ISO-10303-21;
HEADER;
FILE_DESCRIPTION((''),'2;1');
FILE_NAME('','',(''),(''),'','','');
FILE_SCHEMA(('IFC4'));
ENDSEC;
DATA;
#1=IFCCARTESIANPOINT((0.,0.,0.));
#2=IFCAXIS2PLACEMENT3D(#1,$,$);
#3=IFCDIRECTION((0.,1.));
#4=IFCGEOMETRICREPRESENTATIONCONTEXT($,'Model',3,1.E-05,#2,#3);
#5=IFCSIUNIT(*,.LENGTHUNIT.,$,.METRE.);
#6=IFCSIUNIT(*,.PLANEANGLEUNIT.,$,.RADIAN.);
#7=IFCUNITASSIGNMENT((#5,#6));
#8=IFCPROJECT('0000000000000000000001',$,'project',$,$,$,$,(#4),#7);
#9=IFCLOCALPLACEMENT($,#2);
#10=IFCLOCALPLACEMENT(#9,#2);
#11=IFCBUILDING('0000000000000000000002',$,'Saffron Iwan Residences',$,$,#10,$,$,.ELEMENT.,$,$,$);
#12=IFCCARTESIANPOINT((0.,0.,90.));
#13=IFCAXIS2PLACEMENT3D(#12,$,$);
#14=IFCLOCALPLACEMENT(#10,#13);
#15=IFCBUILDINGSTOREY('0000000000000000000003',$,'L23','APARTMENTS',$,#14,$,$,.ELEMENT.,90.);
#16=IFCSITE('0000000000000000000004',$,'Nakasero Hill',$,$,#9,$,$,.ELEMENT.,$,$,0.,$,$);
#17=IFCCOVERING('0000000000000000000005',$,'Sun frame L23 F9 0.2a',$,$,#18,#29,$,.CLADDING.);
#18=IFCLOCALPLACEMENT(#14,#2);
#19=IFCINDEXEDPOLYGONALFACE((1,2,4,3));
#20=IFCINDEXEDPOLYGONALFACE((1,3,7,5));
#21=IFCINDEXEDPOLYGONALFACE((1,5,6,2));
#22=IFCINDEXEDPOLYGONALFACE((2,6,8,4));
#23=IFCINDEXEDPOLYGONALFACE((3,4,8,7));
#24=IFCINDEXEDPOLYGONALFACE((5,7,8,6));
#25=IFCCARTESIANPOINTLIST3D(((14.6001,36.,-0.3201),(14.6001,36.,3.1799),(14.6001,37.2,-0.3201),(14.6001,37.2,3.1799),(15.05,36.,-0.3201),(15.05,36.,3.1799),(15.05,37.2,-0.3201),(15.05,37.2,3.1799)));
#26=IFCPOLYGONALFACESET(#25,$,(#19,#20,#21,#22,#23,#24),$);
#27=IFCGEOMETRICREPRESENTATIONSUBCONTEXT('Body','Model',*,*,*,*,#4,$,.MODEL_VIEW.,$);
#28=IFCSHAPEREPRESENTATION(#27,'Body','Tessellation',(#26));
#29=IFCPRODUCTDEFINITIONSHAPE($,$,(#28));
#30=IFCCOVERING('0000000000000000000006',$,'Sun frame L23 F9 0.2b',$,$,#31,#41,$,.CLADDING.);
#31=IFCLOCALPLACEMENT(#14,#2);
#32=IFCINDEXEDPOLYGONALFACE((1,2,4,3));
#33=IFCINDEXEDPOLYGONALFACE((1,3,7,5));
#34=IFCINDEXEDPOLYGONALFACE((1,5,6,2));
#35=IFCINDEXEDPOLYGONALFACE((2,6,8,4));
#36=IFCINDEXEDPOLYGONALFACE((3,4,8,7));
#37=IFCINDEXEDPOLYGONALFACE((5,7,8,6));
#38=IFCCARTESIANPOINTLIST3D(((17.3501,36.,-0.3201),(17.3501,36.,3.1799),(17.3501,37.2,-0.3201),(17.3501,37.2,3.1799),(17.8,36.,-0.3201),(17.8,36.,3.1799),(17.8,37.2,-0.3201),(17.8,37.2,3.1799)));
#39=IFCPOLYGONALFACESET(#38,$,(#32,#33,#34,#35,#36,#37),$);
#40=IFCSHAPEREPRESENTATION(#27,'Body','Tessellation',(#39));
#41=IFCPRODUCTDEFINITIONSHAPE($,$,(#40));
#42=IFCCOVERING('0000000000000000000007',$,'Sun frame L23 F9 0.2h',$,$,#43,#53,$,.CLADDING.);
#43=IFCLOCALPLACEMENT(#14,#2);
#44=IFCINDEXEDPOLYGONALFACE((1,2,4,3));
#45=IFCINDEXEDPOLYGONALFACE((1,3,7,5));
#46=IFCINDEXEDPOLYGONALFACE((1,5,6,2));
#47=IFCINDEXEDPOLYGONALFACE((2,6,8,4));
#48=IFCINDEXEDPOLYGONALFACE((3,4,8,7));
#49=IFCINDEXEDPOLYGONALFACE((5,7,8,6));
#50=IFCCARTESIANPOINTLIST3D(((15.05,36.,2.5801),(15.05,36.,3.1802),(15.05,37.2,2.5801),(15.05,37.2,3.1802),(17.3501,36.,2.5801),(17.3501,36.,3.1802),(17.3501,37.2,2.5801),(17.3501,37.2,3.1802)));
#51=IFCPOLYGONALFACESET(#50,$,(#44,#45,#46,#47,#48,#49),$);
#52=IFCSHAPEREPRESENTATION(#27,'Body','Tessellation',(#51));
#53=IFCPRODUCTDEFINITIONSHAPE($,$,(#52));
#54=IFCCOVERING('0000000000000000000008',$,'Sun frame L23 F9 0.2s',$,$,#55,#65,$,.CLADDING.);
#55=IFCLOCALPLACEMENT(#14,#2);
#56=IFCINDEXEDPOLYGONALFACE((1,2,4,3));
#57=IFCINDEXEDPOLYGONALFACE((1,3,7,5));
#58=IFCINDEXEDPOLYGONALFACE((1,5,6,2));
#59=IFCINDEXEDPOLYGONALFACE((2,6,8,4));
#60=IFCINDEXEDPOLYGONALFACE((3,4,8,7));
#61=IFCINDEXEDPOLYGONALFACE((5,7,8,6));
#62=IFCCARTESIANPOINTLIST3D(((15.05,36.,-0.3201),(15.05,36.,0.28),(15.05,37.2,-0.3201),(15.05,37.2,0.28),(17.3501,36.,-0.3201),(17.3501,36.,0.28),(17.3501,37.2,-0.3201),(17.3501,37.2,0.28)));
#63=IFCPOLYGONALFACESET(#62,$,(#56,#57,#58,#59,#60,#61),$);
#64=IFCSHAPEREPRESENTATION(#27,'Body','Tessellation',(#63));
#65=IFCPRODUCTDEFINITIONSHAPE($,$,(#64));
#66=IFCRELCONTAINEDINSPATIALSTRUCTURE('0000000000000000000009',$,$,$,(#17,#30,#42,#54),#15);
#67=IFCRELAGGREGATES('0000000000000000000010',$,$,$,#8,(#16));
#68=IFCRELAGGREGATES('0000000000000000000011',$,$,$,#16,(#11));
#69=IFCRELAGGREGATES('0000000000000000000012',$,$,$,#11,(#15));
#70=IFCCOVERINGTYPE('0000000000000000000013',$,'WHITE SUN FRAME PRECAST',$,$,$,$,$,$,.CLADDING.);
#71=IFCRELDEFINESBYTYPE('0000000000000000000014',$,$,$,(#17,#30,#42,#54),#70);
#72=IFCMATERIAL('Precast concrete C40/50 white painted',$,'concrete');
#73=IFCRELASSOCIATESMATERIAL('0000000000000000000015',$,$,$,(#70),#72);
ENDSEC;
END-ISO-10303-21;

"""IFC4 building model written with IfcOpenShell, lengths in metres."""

from ifc_helpers import new_model, si_unit, direction, frame, origin, place, context, subcontext, project, spatial, polyline, outline, extrude, material, type_object, element, save


model = new_model("IFC4")

# Units and contexts
model_context = context("Model", 3, precision=1e-05, world=origin(), true_north=direction((0.0, 1.0)))
body_context = subcontext(model_context, "Body", "Model", "MODEL_VIEW")
ifc_project = project(units=[si_unit("LENGTHUNIT", "METRE"), si_unit("PLANEANGLEUNIT", "RADIAN")], contexts=[model_context])

# Site, building, storey
site_placement = place(None, origin())
site = spatial("IfcSite", under=ifc_project, at=site_placement, Name="Nakasero Hill", CompositionType="ELEMENT", RefElevation=0.0)
building_placement = place(site_placement, origin())
building = spatial("IfcBuilding", under=site, at=building_placement, Name="Saffron Iwan Residences", CompositionType="ELEMENT")
storey_placement = place(building_placement, frame((0.0, 0.0, 90.0)))
storey = spatial("IfcBuildingStorey", under=building, at=storey_placement, Name="L23", Description="APARTMENTS", CompositionType="ELEMENT", Elevation=90.0)

# Coverings
ifc_material_1 = material(Name="Precast concrete C40/50 white painted", Category="concrete")
covering_type_1 = type_object("IfcCoveringType", Name="WHITE SUN FRAME PRECAST", PredefinedType="CLADDING", material=ifc_material_1)
for number, where, z_axis, x_axis, name in (
    (1, (14.6001, 37.2, -0.3201), (0.0, -1.0, 0.0), (1.0, 0.0, 0.0), "Sun frame L23 F9 0.2a"),
    (2, (17.3501, 37.2, -0.3201), (0.0, -1.0, 0.0), (1.0, 0.0, 0.0), "Sun frame L23 F9 0.2b"),
):
    element("IfcCovering", number, at=place(storey_placement, frame(where, z_axis=z_axis, x_axis=x_axis)), inside=storey, type_object=covering_type_1, Name=name, PredefinedType="CLADDING", context=body_context, shape_type="SweptSolid", body=[
        extrude(outline(polyline([(0.0, 0.0), (0.45, 0.0), (0.45, 3.5), (0.0, 3.5), (0.0, 0.0)])), origin(), (0.0, 0.0, 1.0), 1.2),
    ])
for number, where, z_axis, x_axis, name in (
    (3, (15.05, 37.2, 2.5801), (0.0, -1.0, 0.0), (1.0, 0.0, 0.0), "Sun frame L23 F9 0.2h"),
    (4, (15.05, 37.2, -0.3201), (0.0, -1.0, 0.0), (1.0, 0.0, 0.0), "Sun frame L23 F9 0.2s"),
):
    element("IfcCovering", number, at=place(storey_placement, frame(where, z_axis=z_axis, x_axis=x_axis)), inside=storey, type_object=covering_type_1, Name=name, PredefinedType="CLADDING", context=body_context, shape_type="SweptSolid", body=[
        extrude(outline(polyline([(0.0, 0.0), (2.3, 0.0), (2.3, 0.6001), (0.0, 0.6001), (0.0, 0.0)])), origin(), (0.0, 0.0, 1.0), 1.2),
    ])

save(model, "model.ifc")
